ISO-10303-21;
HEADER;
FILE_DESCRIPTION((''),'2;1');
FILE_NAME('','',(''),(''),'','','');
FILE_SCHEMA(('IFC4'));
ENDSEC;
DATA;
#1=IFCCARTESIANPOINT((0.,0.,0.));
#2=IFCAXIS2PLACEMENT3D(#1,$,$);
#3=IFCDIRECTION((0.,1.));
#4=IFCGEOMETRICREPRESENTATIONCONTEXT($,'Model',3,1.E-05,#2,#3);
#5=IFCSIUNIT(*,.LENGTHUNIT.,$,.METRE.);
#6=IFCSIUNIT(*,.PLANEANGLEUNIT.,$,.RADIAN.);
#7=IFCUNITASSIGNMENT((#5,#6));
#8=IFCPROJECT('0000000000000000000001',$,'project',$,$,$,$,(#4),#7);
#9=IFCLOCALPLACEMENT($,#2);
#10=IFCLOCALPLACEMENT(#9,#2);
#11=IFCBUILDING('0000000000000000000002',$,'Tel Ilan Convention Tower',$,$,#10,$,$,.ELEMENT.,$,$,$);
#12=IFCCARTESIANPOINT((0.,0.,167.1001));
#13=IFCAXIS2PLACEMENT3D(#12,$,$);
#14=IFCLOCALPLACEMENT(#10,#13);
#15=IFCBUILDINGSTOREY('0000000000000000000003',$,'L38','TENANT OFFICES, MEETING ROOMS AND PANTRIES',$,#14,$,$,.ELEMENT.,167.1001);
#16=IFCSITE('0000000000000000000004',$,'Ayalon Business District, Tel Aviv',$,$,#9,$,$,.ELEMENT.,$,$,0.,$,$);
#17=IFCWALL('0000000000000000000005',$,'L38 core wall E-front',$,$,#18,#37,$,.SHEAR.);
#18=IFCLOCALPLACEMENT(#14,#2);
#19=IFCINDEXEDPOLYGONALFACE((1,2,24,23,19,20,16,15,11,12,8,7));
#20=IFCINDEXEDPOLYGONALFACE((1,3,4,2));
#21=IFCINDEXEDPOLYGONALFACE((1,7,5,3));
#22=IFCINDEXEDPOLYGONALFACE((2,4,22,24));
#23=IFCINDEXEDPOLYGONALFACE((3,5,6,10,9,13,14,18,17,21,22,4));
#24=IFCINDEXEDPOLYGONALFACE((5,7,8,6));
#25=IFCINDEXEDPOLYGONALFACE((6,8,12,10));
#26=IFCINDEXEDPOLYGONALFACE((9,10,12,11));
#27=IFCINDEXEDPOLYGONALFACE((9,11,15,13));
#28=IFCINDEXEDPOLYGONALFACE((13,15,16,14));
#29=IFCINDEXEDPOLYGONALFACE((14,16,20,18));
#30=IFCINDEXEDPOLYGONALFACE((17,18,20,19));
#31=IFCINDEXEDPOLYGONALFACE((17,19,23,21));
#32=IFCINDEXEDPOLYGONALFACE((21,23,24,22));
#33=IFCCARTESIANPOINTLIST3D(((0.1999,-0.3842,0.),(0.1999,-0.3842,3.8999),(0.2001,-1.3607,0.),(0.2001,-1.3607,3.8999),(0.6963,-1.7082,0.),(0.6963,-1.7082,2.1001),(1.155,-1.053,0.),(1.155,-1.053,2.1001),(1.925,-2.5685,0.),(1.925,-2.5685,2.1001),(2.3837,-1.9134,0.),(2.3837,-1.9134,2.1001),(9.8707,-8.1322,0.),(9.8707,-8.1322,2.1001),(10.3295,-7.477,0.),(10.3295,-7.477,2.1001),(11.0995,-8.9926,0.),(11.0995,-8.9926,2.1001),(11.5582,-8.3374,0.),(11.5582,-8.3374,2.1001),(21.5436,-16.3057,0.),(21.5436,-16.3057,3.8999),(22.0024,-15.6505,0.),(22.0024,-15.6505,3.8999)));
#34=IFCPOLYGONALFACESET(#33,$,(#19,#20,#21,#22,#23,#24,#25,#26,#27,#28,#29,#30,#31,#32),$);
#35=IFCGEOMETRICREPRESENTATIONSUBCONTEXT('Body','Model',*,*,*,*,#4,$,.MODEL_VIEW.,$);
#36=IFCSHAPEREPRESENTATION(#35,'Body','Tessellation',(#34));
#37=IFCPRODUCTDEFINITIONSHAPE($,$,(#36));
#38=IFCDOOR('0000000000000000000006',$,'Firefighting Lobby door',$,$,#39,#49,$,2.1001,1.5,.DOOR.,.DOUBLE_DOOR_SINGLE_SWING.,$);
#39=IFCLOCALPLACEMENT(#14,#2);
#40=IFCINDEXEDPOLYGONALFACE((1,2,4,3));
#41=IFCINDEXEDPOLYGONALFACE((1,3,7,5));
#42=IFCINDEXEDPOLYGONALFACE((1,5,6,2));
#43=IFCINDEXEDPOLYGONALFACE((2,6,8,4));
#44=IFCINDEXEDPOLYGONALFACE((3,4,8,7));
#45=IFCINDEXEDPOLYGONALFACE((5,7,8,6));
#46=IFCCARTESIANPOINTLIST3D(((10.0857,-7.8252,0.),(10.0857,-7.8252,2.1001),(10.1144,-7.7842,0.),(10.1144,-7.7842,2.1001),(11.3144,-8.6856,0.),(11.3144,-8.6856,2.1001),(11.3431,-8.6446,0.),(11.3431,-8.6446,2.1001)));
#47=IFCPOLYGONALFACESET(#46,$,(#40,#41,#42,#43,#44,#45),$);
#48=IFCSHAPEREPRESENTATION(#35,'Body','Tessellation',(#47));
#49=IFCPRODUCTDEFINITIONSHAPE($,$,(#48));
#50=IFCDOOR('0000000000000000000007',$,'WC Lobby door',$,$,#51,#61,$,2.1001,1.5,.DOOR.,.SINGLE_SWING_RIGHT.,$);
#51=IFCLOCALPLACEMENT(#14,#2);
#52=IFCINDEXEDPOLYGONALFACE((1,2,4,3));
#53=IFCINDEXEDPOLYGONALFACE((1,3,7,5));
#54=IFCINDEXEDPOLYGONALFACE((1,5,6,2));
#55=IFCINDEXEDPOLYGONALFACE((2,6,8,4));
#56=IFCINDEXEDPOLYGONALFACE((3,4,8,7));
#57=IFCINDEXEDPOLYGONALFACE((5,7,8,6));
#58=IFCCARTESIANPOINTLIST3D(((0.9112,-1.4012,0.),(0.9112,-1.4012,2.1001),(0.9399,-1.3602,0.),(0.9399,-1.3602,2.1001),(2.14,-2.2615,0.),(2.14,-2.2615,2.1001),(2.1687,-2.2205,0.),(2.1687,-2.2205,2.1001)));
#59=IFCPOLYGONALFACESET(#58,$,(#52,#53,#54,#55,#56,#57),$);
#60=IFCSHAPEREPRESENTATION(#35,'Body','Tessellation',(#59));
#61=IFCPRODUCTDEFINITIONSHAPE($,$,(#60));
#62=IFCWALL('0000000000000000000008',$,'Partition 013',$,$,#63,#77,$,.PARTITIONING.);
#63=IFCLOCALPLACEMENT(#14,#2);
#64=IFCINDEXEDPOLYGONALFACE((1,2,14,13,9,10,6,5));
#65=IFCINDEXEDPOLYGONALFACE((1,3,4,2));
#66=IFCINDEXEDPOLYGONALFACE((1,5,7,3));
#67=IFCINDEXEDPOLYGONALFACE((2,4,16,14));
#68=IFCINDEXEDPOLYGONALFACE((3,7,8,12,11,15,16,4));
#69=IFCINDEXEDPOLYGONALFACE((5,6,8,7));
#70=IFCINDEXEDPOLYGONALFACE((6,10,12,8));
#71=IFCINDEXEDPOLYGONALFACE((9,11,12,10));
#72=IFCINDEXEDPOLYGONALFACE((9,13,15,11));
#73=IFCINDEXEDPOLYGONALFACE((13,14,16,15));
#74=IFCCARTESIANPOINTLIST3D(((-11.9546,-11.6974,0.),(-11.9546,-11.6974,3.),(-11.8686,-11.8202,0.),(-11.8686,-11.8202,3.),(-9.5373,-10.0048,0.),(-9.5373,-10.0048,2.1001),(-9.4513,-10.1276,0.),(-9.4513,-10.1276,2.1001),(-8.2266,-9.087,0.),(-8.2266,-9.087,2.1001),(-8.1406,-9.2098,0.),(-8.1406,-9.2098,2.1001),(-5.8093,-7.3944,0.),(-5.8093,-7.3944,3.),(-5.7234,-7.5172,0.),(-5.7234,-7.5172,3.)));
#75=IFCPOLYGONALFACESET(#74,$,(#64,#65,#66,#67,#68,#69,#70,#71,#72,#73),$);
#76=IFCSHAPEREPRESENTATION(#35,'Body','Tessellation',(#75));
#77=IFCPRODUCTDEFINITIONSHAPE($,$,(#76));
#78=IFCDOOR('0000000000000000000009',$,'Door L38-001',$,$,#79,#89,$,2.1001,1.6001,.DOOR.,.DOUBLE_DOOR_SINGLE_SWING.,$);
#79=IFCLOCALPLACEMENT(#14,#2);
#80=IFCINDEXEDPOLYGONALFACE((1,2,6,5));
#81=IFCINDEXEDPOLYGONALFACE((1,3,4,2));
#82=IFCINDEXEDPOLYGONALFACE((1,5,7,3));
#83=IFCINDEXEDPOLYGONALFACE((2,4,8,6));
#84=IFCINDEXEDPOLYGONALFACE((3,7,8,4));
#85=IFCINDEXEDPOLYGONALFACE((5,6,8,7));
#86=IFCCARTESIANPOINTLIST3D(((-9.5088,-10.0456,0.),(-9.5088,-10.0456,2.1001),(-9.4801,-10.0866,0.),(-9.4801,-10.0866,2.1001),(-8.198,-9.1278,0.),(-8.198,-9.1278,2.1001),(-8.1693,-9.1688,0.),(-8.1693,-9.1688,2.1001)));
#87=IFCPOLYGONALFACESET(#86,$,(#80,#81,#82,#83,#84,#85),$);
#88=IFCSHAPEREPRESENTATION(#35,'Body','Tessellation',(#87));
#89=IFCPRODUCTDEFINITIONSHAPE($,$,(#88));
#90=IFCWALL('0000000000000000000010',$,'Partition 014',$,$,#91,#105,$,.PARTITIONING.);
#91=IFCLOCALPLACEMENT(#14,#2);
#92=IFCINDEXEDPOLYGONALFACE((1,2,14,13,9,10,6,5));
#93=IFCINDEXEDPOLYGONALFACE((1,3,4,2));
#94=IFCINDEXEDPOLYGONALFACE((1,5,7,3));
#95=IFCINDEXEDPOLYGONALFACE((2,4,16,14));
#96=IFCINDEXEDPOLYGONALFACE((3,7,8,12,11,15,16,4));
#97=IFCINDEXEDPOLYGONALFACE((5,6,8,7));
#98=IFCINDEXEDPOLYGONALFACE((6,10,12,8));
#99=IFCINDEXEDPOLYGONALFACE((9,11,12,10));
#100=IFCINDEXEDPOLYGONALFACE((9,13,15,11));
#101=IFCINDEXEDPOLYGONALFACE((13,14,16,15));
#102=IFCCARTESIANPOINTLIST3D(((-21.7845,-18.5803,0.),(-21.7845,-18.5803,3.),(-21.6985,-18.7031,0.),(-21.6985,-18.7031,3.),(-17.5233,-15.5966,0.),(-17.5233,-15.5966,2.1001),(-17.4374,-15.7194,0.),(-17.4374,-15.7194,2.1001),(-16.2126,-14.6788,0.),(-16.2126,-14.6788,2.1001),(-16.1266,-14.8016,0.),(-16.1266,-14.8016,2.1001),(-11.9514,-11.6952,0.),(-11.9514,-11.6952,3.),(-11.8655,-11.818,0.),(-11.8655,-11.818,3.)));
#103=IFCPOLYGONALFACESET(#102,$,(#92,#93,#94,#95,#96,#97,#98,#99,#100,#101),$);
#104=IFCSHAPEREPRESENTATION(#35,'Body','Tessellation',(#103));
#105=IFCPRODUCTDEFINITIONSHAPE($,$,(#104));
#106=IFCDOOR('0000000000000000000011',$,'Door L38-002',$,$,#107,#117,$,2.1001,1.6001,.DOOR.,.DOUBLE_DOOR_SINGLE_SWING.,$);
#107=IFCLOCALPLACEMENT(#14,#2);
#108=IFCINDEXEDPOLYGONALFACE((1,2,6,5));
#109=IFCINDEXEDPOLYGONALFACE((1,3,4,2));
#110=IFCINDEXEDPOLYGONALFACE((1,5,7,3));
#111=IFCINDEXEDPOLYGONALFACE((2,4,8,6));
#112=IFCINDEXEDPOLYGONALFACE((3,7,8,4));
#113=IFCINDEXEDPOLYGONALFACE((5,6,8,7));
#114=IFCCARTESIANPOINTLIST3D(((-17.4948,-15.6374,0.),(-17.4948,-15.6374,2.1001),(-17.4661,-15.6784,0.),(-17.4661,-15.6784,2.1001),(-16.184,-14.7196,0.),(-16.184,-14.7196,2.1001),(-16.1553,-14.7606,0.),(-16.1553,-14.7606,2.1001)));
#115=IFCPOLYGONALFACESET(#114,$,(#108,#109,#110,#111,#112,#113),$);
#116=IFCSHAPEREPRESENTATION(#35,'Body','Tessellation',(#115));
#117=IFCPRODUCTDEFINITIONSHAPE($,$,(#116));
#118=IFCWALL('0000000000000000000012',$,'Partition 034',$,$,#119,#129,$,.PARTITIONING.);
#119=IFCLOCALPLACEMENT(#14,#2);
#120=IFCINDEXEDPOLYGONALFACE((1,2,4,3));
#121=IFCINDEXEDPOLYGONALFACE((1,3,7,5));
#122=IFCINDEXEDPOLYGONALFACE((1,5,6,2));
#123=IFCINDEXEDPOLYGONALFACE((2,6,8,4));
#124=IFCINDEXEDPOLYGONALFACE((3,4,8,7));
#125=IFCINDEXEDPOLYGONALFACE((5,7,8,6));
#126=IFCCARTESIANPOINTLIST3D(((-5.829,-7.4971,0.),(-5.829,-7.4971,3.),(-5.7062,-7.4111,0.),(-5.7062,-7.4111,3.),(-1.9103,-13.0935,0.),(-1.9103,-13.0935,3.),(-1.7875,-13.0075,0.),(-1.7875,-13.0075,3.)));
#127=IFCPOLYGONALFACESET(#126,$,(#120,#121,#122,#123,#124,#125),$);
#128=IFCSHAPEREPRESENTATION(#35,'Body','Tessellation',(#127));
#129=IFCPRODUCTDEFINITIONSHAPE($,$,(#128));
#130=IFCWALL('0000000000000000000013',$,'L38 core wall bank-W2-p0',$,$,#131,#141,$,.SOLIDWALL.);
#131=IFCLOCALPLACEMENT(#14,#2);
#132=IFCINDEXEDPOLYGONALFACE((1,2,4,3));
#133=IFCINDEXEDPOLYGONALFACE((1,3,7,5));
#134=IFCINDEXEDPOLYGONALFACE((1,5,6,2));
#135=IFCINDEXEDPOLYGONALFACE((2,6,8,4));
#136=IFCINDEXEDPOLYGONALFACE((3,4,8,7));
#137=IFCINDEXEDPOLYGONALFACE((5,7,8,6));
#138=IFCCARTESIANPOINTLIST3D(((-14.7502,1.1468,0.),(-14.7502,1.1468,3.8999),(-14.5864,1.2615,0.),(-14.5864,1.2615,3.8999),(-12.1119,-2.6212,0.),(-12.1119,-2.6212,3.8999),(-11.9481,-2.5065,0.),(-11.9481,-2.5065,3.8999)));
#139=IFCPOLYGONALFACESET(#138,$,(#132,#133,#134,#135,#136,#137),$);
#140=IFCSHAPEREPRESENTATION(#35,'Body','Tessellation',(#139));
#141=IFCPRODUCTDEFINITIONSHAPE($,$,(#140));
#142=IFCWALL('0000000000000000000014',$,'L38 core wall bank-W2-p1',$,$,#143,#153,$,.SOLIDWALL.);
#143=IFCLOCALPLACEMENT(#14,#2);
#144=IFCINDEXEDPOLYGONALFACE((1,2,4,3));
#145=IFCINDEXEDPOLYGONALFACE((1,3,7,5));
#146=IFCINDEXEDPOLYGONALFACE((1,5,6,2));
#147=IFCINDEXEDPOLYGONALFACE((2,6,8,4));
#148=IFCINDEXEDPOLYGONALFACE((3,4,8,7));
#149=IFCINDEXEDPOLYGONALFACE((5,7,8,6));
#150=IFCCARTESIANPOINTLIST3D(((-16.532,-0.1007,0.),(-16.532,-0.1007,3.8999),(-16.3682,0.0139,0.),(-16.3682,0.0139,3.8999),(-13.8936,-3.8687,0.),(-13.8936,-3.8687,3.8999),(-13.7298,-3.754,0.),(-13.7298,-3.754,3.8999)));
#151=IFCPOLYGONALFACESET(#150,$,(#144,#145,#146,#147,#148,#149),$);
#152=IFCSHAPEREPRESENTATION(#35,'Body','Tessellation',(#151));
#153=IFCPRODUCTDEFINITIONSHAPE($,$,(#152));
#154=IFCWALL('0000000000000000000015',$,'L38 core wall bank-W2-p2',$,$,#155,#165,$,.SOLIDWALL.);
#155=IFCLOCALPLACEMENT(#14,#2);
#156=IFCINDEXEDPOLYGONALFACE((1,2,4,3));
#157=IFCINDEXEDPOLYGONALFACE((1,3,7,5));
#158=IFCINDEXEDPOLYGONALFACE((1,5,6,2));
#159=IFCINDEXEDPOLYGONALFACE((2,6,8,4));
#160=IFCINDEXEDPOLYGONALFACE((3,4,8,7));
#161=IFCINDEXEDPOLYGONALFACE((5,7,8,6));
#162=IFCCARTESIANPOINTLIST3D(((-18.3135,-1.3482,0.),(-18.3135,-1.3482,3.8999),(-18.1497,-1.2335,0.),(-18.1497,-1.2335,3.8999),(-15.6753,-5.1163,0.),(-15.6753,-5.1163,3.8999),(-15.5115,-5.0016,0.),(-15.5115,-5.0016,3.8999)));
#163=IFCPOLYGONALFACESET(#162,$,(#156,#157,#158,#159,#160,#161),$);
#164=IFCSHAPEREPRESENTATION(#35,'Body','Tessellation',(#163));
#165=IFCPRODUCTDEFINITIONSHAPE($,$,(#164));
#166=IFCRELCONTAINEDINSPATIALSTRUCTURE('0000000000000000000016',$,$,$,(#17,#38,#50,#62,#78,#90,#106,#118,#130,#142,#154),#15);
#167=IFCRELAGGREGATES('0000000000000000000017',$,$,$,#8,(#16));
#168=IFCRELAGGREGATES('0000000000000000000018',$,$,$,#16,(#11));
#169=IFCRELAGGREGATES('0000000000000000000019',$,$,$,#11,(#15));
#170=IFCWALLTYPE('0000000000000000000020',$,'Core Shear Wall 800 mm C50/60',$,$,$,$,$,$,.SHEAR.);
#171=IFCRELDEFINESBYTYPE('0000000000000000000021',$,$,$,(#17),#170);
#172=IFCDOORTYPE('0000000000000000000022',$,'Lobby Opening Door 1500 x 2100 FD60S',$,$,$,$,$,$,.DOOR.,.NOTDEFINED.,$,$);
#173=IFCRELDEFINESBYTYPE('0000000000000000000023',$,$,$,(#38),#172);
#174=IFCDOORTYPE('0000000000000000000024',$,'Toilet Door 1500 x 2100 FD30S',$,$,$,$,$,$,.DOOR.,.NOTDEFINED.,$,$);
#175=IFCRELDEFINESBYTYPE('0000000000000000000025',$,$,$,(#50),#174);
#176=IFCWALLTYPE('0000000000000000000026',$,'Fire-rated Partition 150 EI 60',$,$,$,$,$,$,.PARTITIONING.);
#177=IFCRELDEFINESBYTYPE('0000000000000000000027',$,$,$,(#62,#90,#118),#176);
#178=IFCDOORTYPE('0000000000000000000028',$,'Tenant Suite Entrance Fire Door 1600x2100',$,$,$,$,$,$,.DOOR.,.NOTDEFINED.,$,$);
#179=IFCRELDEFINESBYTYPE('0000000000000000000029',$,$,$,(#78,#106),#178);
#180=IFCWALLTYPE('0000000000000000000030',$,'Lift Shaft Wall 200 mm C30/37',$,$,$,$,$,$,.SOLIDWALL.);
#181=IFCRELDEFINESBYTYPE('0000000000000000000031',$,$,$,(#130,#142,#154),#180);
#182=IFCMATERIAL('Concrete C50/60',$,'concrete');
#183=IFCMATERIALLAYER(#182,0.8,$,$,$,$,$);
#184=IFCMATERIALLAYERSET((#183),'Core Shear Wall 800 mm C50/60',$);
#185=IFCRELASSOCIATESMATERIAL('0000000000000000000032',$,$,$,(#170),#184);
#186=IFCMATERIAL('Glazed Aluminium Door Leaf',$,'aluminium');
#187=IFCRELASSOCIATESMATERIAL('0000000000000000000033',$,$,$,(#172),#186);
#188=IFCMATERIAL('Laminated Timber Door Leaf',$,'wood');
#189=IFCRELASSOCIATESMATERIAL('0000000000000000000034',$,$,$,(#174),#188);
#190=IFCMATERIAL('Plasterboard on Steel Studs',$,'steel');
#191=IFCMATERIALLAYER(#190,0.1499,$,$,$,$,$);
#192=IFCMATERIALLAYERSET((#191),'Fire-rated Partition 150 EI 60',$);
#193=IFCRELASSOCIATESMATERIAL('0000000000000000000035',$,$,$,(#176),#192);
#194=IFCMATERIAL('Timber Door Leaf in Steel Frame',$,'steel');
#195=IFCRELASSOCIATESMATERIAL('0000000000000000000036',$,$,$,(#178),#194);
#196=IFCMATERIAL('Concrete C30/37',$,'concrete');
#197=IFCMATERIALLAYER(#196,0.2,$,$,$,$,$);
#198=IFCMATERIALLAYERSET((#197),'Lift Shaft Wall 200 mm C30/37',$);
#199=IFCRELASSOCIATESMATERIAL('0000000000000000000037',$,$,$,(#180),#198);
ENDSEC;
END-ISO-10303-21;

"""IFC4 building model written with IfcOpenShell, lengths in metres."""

from ifc_helpers import new_model, si_unit, direction, frame, frame_2d, origin, place, context, subcontext, project, spatial, polyline, rectangle, outline, extrude, material, layer, layer_set, type_object, element, fill, save


model = new_model("IFC4")

# Units and contexts
model_context = context("Model", 3, precision=1e-05, world=origin(), true_north=direction((0.0, 1.0)))
body_context = subcontext(model_context, "Body", "Model", "MODEL_VIEW")
ifc_project = project(units=[si_unit("LENGTHUNIT", "METRE"), si_unit("PLANEANGLEUNIT", "RADIAN")], contexts=[model_context])

# Site, building, storey
site_placement = place(None, origin())
site = spatial("IfcSite", under=ifc_project, at=site_placement, Name="Ayalon Business District, Tel Aviv", CompositionType="ELEMENT", RefElevation=0.0)
building_placement = place(site_placement, origin())
building = spatial("IfcBuilding", under=site, at=building_placement, Name="Tel Ilan Convention Tower", CompositionType="ELEMENT")
storey_placement = place(building_placement, frame((0.0, 0.0, 167.1001)))
storey = spatial("IfcBuildingStorey", under=building, at=storey_placement, Name="L38", Description="TENANT OFFICES, MEETING ROOMS AND PANTRIES", CompositionType="ELEMENT", Elevation=167.1001)

# Wall, openings, doors
ifc_material_1 = material(Name="Concrete C50/60", Category="concrete")
ifc_layer_1 = layer(ifc_material_1, 0.8)
ifc_layer_set_1 = layer_set([ifc_layer_1], Name="Core Shear Wall 800 mm C50/60")
wall_type_1 = type_object("IfcWallType", Name="Core Shear Wall 800 mm C50/60", PredefinedType="SHEAR", material=ifc_layer_set_1)
wall_1_placement = place(storey_placement, frame((-0.0293, -0.7119, 0.0), z_axis=(0.0, 0.0, 1.0), x_axis=(0.819152, -0.573577, 0.0)))
wall_1 = element("IfcWall", 1, at=wall_1_placement, inside=storey, type_object=wall_type_1, Name="L38 core wall E-front", PredefinedType="SHEAR", context=body_context, shape_type="SweptSolid", body=[
    extrude(outline(polyline([(26.6157, 0.3999), (-0.0002, 0.3999), (0.5601, -0.3999), (26.6157, -0.3999), (26.6157, 0.3999)])), origin(), (0.0, 0.0, 1.0), 3.8999),
])
opening_1_placement = place(wall_1_placement, frame((1.1658, 0.0, 0.0)))
opening_1 = element("IfcOpeningElement", 2, at=opening_1_placement, cuts=wall_1, PredefinedType="OPENING", context=body_context, shape_type="SweptSolid", body=[
    extrude(rectangle(XDim=1.5, YDim=2.1001, at=frame_2d((0.75, 1.05))), frame((0.0, 0.4099, 0.0), z_axis=(0.0, -1.0, 0.0), x_axis=(1.0, 0.0, 0.0)), (0.0, 0.0, 1.0), 0.8201),
])
opening_2_placement = place(wall_1_placement, frame((12.3657, 0.0, 0.0)))
opening_2 = element("IfcOpeningElement", 3, at=opening_2_placement, cuts=wall_1, PredefinedType="OPENING", context=body_context, shape_type="SweptSolid", body=[
    extrude(rectangle(XDim=1.5, YDim=2.1001, at=frame_2d((0.75, 1.05))), frame((0.0, 0.4099, 0.0), z_axis=(0.0, -1.0, 0.0), x_axis=(1.0, 0.0, 0.0)), (0.0, 0.0, 1.0), 0.8201),
])
ifc_material_2 = material(Name="Glazed Aluminium Door Leaf", Category="aluminium")
door_type_1 = type_object("IfcDoorType", Name="Lobby Opening Door 1500 x 2100 FD60S", OperationType="NOTDEFINED", PredefinedType="DOOR", material=ifc_material_2)
door_1_placement = place(opening_2_placement, origin())
door_1 = element("IfcDoor", 4, at=door_1_placement, inside=storey, type_object=door_type_1, Name="Firefighting Lobby door", OperationType="DOUBLE_DOOR_SINGLE_SWING", OverallHeight=2.1001, OverallWidth=1.5, PredefinedType="DOOR", context=body_context, shape_type="SweptSolid", body=[
    extrude(rectangle(XDim=1.5, YDim=2.1001, at=frame_2d((0.75, 1.05))), frame((0.0, 0.0249, 0.0), z_axis=(0.0, -1.0, 0.0), x_axis=(1.0, 0.0, 0.0)), (0.0, 0.0, 1.0), 0.05),
])
fill(opening_2, door_1)
ifc_material_3 = material(Name="Laminated Timber Door Leaf", Category="wood")
door_type_2 = type_object("IfcDoorType", Name="Toilet Door 1500 x 2100 FD30S", OperationType="NOTDEFINED", PredefinedType="DOOR", material=ifc_material_3)
door_2_placement = place(opening_1_placement, origin())
door_2 = element("IfcDoor", 5, at=door_2_placement, inside=storey, type_object=door_type_2, Name="WC Lobby door", OperationType="SINGLE_SWING_RIGHT", OverallHeight=2.1001, OverallWidth=1.5, PredefinedType="DOOR", context=body_context, shape_type="SweptSolid", body=[
    extrude(rectangle(XDim=1.5, YDim=2.1001, at=frame_2d((0.75, 1.05))), frame((0.0, 0.0249, 0.0), z_axis=(0.0, -1.0, 0.0), x_axis=(1.0, 0.0, 0.0)), (0.0, 0.0, 1.0), 0.05),
])
fill(opening_1, door_2)

# Walls, openings, doors
ifc_material_4 = material(Name="Plasterboard on Steel Studs", Category="steel")
ifc_layer_2 = layer(ifc_material_4, 0.1499)
ifc_layer_set_2 = layer_set([ifc_layer_2], Name="Fire-rated Partition 150 EI 60")
wall_type_2 = type_object("IfcWallType", Name="Fire-rated Partition 150 EI 60", PredefinedType="PARTITIONING", material=ifc_layer_set_2)
wall_2_placement = place(storey_placement, frame((-5.7664, -7.4558, 0.0), z_axis=(0.0, 0.0, 1.0), x_axis=(-0.819151, -0.573578, 0.0)))
wall_2 = element("IfcWall", 6, at=wall_2_placement, inside=storey, type_object=wall_type_2, Name="Partition 013", PredefinedType="PARTITIONING", context=body_context, shape_type="SweptSolid", body=[
    extrude(rectangle(XDim=7.502, YDim=0.1499, at=frame_2d((3.751, 0.0))), origin(), (0.0, 0.0, 1.0), 3.0),
])
opening_3_placement = place(wall_2_placement, frame((2.9509, 0.0, 0.0)))
opening_3 = element("IfcOpeningElement", 7, at=opening_3_placement, cuts=wall_2, PredefinedType="OPENING", context=body_context, shape_type="SweptSolid", body=[
    extrude(rectangle(XDim=1.6001, YDim=2.1001, at=frame_2d((0.8, 1.05))), frame((0.0, 0.085, 0.0), z_axis=(0.0, -1.0, 0.0), x_axis=(1.0, 0.0, 0.0)), (0.0, 0.0, 1.0), 0.1699),
])
ifc_material_5 = material(Name="Timber Door Leaf in Steel Frame", Category="steel")
door_type_3 = type_object("IfcDoorType", Name="Tenant Suite Entrance Fire Door 1600x2100", OperationType="NOTDEFINED", PredefinedType="DOOR", material=ifc_material_5)
door_3_placement = place(opening_3_placement, origin())
door_3 = element("IfcDoor", 8, at=door_3_placement, inside=storey, type_object=door_type_3, Name="Door L38-001", OperationType="DOUBLE_DOOR_SINGLE_SWING", OverallHeight=2.1001, OverallWidth=1.6001, PredefinedType="DOOR", context=body_context, shape_type="SweptSolid", body=[
    extrude(rectangle(XDim=1.6001, YDim=2.1001, at=frame_2d((0.8, 1.05))), frame((0.0, 0.0249, 0.0), z_axis=(0.0, -1.0, 0.0), x_axis=(1.0, 0.0, 0.0)), (0.0, 0.0, 1.0), 0.05),
])
fill(opening_3, door_3)
wall_3_placement = place(storey_placement, frame((-11.9084, -11.7566, 0.0), z_axis=(0.0, 0.0, 1.0), x_axis=(-0.819157, -0.573569, 0.0)))
wall_3 = element("IfcWall", 9, at=wall_3_placement, inside=storey, type_object=wall_type_2, Name="Partition 014", PredefinedType="PARTITIONING", context=body_context, shape_type="SweptSolid", body=[
    extrude(rectangle(XDim=12.0039, YDim=0.1499, at=frame_2d((6.002, 0.0))), origin(), (0.0, 0.0, 1.0), 3.0),
])
opening_4_placement = place(wall_3_placement, frame((5.2019, 0.0, 0.0)))
opening_4 = element("IfcOpeningElement", 10, at=opening_4_placement, cuts=wall_3, PredefinedType="OPENING", context=body_context, shape_type="SweptSolid", body=[
    extrude(rectangle(XDim=1.6001, YDim=2.1001, at=frame_2d((0.8, 1.05))), frame((0.0, 0.085, 0.0), z_axis=(0.0, -1.0, 0.0), x_axis=(1.0, 0.0, 0.0)), (0.0, 0.0, 1.0), 0.1699),
])
door_4_placement = place(opening_4_placement, origin())
door_4 = element("IfcDoor", 11, at=door_4_placement, inside=storey, type_object=door_type_3, Name="Door L38-002", OperationType="DOUBLE_DOOR_SINGLE_SWING", OverallHeight=2.1001, OverallWidth=1.6001, PredefinedType="DOOR", context=body_context, shape_type="SweptSolid", body=[
    extrude(rectangle(XDim=1.6001, YDim=2.1001, at=frame_2d((0.8, 1.05))), frame((0.0, 0.0249, 0.0), z_axis=(0.0, -1.0, 0.0), x_axis=(1.0, 0.0, 0.0)), (0.0, 0.0, 1.0), 0.05),
])
fill(opening_4, door_4)

# Walls
wall_4_placement = place(storey_placement, frame((-1.8489, -13.0505, 0.0), z_axis=(0.0, 0.0, 1.0), x_axis=(-0.57358, 0.81915, 0.0)))
element("IfcWall", 12, at=wall_4_placement, inside=storey, type_object=wall_type_2, Name="Partition 034", PredefinedType="PARTITIONING", context=body_context, shape_type="SweptSolid", body=[
    extrude(rectangle(XDim=6.832, YDim=0.1499, at=frame_2d((3.416, 0.0))), origin(), (0.0, 0.0, 1.0), 3.0),
])
ifc_material_6 = material(Name="Concrete C30/37", Category="concrete")
ifc_layer_3 = layer(ifc_material_6, 0.2)
ifc_layer_set_3 = layer_set([ifc_layer_3], Name="Lift Shaft Wall 200 mm C30/37")
wall_type_3 = type_object("IfcWallType", Name="Lift Shaft Wall 200 mm C30/37", PredefinedType="SOLIDWALL", material=ifc_layer_set_3)
for number, where, z_axis, x_axis, name in (
    (13, (-12.03, -2.5637, 0.0), (0.0, 0.0, 1.0), (-0.573576, 0.819152, 0.0), "L38 core wall bank-W2-p0"),
    (14, (-13.8118, -3.8113, 0.0), (0.0, 0.0, 1.0), (-0.573576, 0.819152, 0.0), "L38 core wall bank-W2-p1"),
    (15, (-15.5935, -5.0588, 0.0), (0.0, 0.0, 1.0), (-0.573541, 0.819177, 0.0), "L38 core wall bank-W2-p2"),
):
    element("IfcWall", number, at=place(storey_placement, frame(where, z_axis=z_axis, x_axis=x_axis)), inside=storey, type_object=wall_type_3, Name=name, PredefinedType="SOLIDWALL", context=body_context, shape_type="SweptSolid", body=[
        extrude(rectangle(XDim=4.5999, YDim=0.2, at=frame_2d((2.2998, 0.0))), origin(), (0.0, 0.0, 1.0), 3.8999),
    ])

save(model, "model.ifc")
